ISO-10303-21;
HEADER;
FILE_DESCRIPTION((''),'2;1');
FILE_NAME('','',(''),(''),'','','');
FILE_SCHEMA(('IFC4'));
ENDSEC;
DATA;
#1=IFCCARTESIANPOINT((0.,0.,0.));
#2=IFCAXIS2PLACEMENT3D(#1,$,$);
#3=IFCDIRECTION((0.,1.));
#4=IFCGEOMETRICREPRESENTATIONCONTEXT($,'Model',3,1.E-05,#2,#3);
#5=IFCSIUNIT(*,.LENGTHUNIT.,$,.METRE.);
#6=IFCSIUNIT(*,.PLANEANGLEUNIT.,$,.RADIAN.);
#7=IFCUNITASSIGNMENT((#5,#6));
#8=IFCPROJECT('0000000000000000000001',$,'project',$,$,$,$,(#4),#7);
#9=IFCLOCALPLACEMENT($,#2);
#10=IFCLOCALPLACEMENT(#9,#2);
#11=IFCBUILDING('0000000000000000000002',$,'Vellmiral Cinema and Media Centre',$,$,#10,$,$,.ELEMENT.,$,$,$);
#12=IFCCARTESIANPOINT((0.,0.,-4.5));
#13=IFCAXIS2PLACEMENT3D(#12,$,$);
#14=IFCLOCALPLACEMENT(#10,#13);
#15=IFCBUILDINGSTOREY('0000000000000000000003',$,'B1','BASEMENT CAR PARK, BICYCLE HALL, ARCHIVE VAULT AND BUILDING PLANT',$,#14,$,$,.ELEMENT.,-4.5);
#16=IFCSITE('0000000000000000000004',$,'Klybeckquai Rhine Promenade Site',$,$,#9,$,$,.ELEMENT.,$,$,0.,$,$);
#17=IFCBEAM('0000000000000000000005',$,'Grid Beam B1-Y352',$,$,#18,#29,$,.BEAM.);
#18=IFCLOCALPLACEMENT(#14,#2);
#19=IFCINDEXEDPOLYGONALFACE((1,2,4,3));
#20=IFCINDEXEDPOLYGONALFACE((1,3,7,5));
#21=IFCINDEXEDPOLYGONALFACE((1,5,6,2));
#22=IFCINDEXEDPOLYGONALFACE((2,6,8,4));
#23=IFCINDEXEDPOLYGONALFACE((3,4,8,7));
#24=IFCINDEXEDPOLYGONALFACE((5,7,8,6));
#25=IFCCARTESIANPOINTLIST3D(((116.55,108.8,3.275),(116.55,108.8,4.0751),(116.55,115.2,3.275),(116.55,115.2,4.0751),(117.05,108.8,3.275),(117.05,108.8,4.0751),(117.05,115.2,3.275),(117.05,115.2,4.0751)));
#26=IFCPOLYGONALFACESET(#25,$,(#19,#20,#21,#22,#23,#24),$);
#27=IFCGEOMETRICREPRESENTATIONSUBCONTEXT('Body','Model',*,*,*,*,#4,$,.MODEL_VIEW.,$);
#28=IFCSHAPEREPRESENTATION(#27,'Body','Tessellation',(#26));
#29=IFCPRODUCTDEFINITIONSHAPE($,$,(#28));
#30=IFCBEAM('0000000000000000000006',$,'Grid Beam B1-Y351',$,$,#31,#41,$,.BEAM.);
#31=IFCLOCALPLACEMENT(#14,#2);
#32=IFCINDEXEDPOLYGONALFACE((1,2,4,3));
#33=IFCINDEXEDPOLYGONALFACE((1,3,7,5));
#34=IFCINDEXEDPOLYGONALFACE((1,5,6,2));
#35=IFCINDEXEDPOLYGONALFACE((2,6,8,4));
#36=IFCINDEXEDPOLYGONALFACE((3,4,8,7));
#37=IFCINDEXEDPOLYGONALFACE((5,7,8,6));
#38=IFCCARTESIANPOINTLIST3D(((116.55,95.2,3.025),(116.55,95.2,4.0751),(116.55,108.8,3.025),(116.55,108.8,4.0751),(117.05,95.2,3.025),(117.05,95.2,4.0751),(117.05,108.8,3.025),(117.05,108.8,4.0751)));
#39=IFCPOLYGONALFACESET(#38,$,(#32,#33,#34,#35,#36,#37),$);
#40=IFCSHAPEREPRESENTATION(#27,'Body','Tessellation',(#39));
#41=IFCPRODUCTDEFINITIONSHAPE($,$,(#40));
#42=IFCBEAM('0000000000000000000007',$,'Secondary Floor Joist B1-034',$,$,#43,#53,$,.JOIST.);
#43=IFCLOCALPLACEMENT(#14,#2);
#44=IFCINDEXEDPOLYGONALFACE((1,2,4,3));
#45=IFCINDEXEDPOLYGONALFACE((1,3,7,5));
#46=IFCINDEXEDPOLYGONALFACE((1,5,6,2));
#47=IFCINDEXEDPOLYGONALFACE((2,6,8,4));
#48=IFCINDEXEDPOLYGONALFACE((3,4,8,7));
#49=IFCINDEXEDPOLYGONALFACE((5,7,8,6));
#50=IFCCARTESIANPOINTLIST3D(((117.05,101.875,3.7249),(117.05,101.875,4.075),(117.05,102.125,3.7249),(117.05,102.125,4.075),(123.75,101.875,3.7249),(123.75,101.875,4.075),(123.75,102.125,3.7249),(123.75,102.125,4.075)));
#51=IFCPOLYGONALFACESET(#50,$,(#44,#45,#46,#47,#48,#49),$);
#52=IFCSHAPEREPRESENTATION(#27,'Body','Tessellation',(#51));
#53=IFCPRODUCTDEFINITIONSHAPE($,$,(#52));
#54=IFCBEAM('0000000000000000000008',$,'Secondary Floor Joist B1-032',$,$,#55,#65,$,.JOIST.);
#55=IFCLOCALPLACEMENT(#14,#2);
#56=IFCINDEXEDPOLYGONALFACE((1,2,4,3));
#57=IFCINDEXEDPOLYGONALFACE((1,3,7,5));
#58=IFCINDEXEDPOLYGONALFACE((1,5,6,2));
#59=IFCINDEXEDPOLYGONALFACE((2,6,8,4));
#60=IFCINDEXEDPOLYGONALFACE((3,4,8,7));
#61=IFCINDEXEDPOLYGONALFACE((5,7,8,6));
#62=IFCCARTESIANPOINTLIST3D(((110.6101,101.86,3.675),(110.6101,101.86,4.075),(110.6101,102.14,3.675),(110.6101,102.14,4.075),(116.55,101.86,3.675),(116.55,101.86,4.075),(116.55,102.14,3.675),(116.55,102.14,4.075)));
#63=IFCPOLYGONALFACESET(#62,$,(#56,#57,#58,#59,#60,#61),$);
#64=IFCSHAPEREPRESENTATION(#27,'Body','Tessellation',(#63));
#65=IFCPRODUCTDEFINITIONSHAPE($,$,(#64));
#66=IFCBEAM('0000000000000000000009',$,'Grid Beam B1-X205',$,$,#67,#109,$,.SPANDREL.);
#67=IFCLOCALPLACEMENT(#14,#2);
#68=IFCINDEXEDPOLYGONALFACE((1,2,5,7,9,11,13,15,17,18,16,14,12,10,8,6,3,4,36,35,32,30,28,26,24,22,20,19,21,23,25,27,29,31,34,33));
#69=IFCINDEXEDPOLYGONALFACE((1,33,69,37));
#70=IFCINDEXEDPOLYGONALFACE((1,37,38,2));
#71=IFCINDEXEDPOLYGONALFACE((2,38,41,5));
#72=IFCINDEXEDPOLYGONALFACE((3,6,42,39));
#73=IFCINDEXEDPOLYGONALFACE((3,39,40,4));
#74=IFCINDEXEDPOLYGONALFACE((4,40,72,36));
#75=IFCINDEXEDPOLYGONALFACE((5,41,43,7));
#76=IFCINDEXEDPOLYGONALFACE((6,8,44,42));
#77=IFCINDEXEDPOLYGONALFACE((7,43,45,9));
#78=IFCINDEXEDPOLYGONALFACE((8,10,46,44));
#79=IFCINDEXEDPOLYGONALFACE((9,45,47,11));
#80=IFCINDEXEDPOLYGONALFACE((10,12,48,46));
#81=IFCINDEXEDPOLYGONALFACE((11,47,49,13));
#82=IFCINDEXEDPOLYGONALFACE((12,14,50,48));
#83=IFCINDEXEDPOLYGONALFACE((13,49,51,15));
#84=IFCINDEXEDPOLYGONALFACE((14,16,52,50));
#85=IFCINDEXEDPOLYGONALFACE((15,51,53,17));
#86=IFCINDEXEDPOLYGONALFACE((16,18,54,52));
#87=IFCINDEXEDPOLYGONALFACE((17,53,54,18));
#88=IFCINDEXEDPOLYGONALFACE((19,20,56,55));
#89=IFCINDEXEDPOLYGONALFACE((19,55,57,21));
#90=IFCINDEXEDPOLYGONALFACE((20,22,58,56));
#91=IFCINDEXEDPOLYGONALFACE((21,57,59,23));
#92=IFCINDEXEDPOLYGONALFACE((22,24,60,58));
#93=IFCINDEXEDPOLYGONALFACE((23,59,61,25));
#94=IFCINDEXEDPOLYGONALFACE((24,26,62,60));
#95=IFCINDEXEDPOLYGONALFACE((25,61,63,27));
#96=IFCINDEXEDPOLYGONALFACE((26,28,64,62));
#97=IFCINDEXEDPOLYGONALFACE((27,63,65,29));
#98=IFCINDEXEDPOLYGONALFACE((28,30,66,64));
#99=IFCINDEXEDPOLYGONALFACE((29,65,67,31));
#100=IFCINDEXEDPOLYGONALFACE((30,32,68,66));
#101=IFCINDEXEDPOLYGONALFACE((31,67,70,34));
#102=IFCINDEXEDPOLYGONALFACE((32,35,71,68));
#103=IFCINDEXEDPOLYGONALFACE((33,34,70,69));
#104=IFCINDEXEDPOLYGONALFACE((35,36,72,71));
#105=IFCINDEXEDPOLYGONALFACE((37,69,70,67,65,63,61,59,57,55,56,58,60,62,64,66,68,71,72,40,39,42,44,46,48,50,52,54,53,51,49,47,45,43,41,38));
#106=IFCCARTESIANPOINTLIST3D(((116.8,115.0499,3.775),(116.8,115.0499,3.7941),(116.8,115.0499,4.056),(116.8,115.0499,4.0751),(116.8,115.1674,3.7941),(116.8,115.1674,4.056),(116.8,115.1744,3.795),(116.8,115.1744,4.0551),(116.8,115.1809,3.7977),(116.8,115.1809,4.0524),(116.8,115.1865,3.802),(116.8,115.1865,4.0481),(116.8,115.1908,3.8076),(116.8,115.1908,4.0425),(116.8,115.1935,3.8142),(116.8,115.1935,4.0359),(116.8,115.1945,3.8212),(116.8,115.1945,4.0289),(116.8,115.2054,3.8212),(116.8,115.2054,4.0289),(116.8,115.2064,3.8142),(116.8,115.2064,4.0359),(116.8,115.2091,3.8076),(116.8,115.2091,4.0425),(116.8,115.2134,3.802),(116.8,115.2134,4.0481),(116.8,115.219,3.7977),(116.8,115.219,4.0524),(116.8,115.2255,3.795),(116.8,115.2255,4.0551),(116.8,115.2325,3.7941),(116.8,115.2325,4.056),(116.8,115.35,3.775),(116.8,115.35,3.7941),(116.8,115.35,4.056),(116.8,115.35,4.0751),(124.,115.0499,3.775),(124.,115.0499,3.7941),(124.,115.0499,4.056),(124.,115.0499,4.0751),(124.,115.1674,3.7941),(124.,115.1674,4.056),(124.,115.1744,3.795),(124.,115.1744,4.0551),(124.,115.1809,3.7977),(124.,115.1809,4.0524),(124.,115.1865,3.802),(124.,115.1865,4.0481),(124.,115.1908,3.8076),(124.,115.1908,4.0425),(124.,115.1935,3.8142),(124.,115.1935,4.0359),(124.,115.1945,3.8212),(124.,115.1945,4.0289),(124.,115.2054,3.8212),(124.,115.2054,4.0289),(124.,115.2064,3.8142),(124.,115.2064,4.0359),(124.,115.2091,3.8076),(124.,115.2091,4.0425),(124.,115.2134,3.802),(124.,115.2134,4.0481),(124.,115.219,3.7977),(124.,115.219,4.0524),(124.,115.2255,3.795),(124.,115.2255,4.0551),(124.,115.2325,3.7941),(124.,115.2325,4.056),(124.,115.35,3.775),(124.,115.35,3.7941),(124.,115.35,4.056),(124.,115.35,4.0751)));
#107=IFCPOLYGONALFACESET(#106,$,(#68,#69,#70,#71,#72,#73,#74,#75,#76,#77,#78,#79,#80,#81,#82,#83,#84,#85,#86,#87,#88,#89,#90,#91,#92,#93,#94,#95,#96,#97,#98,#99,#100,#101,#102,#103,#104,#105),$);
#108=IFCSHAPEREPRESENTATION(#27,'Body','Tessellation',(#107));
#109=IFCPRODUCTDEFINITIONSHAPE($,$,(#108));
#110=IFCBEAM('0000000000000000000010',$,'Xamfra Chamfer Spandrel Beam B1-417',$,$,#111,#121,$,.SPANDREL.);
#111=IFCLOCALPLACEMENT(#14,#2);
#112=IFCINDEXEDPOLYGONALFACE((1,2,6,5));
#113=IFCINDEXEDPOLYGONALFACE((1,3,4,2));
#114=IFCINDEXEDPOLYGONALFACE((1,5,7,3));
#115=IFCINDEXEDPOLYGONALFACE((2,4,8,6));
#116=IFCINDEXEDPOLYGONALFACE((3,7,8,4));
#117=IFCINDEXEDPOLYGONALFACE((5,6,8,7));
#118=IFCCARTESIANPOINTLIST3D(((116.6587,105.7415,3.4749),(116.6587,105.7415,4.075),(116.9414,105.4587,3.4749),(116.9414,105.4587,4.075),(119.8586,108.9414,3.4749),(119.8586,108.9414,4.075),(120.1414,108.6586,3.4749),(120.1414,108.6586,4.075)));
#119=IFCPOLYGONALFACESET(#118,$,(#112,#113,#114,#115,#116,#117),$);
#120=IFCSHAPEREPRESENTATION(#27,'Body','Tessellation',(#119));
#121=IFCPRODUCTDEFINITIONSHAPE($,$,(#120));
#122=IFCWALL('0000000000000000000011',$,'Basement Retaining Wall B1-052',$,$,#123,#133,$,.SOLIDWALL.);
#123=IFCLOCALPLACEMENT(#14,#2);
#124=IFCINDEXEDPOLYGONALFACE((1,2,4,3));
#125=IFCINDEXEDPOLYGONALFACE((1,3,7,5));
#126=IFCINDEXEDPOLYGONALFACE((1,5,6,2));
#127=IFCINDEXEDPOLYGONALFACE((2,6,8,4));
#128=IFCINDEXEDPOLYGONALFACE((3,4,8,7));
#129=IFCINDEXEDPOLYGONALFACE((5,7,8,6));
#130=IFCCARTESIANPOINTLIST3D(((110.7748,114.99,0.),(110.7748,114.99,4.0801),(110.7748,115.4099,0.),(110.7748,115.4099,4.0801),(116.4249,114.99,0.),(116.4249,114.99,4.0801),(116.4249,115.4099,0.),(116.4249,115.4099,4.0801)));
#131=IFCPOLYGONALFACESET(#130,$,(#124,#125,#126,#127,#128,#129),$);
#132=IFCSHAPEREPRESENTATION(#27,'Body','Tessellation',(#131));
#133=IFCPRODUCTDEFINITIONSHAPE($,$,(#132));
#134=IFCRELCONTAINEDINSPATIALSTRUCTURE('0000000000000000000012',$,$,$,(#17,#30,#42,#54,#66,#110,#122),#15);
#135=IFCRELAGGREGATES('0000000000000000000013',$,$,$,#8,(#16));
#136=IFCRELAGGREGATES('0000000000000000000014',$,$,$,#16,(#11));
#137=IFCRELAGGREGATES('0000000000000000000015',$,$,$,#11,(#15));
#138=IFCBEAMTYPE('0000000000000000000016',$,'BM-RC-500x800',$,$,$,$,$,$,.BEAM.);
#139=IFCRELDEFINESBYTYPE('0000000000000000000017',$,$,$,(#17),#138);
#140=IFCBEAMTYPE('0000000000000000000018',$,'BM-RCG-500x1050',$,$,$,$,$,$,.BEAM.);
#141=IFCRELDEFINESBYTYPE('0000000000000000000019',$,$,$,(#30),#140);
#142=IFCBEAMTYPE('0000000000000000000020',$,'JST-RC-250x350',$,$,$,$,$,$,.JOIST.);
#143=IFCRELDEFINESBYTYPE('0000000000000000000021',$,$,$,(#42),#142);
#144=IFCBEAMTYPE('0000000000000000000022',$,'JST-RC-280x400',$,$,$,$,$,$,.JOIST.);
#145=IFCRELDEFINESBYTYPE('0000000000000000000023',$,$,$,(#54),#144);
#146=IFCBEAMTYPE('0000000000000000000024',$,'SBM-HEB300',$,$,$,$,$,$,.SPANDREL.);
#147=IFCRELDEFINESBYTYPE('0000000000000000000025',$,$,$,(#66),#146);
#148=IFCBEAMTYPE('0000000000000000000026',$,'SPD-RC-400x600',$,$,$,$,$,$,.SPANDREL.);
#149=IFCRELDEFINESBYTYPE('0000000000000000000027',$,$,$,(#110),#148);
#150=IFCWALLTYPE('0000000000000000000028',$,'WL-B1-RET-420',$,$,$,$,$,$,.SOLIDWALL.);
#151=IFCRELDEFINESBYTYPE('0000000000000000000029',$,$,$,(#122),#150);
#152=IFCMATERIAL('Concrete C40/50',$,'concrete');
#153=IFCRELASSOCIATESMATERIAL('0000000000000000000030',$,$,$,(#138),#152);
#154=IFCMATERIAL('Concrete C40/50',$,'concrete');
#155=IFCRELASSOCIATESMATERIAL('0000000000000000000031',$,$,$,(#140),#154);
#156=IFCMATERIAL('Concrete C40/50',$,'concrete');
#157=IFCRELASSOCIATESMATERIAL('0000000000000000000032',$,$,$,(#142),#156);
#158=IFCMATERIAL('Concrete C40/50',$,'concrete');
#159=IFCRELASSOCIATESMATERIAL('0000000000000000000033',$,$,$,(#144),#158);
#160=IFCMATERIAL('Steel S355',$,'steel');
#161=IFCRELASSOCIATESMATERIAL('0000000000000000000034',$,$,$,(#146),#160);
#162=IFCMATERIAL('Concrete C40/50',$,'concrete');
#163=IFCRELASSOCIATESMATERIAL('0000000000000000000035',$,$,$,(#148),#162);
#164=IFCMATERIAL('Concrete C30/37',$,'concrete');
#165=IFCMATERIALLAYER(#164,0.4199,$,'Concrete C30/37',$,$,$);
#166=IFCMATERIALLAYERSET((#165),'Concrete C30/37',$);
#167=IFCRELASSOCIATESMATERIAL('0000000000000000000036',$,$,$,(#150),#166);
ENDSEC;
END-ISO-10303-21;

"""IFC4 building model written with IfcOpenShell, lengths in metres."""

from ifc_helpers import new_model, si_unit, direction, frame, frame_2d, origin, origin_2d, place, context, subcontext, project, spatial, rectangle, i_section, extrude, material, layer, layer_set, material_profile, profile_set, type_object, element, save


model = new_model("IFC4")

# Units and contexts
model_context = context("Model", 3, precision=1e-05, world=origin(), true_north=direction((0.0, 1.0)))
body_context = subcontext(model_context, "Body", "Model", "MODEL_VIEW")
ifc_project = project(units=[si_unit("LENGTHUNIT", "METRE"), si_unit("PLANEANGLEUNIT", "RADIAN")], contexts=[model_context])

# Site, building, storey
site_placement = place(None, origin())
site = spatial("IfcSite", under=ifc_project, at=site_placement, Name="Klybeckquai Rhine Promenade Site", CompositionType="ELEMENT", RefElevation=0.0)
building_placement = place(site_placement, origin())
building = spatial("IfcBuilding", under=site, at=building_placement, Name="Vellmiral Cinema and Media Centre", CompositionType="ELEMENT")
storey_placement = place(building_placement, frame((0.0, 0.0, -4.5)))
storey = spatial("IfcBuildingStorey", under=building, at=storey_placement, Name="B1", Description="BASEMENT CAR PARK, BICYCLE HALL, ARCHIVE VAULT AND BUILDING PLANT", CompositionType="ELEMENT", Elevation=-4.5)

# Beams
ifc_material_1 = material(Name="Concrete C40/50", Category="concrete")
ifc_material_profile_1 = material_profile(ifc_material_1, rectangle(XDim=0.5, YDim=0.8, at=origin_2d()), Name="RC 500x800")
ifc_profile_set_1 = profile_set([ifc_material_profile_1], Name="Concrete C40/50")
beam_type_1 = type_object("IfcBeamType", Name="BM-RC-500x800", PredefinedType="BEAM", material=ifc_profile_set_1)
beam_1_placement = place(storey_placement, frame((116.8, 108.8, 3.675), z_axis=(0.0, 1.0, 0.0), x_axis=(-1.0, 0.0, 0.0)))
element("IfcBeam", 1, at=beam_1_placement, inside=storey, type_object=beam_type_1, Name="Grid Beam B1-Y352", PredefinedType="BEAM", context=body_context, shape_type="SweptSolid", body=[
    extrude(rectangle(XDim=0.5, YDim=0.8, at=origin_2d()), origin(), (0.0, 0.0, 1.0), 6.3999),
])
ifc_material_2 = material(Name="Concrete C40/50", Category="concrete")
ifc_material_profile_2 = material_profile(ifc_material_2, rectangle(XDim=0.5, YDim=1.05, at=origin_2d()), Name="RC 500x1050")
ifc_profile_set_2 = profile_set([ifc_material_profile_2], Name="Concrete C40/50")
beam_type_2 = type_object("IfcBeamType", Name="BM-RCG-500x1050", PredefinedType="BEAM", material=ifc_profile_set_2)
beam_2_placement = place(storey_placement, frame((116.8, 95.2, 3.55), z_axis=(0.0, 1.0, 0.0), x_axis=(-1.0, 0.0, 0.0)))
element("IfcBeam", 2, at=beam_2_placement, inside=storey, type_object=beam_type_2, Name="Grid Beam B1-Y351", PredefinedType="BEAM", context=body_context, shape_type="SweptSolid", body=[
    extrude(rectangle(XDim=0.5, YDim=1.05, at=origin_2d()), origin(), (0.0, 0.0, 1.0), 13.6001),
])
ifc_material_3 = material(Name="Concrete C40/50", Category="concrete")
ifc_material_profile_3 = material_profile(ifc_material_3, rectangle(XDim=0.25, YDim=0.3501, at=origin_2d()), Name="RC 250x350")
ifc_profile_set_3 = profile_set([ifc_material_profile_3], Name="Concrete C40/50")
beam_type_3 = type_object("IfcBeamType", Name="JST-RC-250x350", PredefinedType="JOIST", material=ifc_profile_set_3)
beam_3_placement = place(storey_placement, frame((117.05, 102.0, 3.8999), z_axis=(1.0, 0.0, 0.0), x_axis=(0.0, 1.0, 0.0)))
element("IfcBeam", 3, at=beam_3_placement, inside=storey, type_object=beam_type_3, Name="Secondary Floor Joist B1-034", PredefinedType="JOIST", context=body_context, shape_type="SweptSolid", body=[
    extrude(rectangle(XDim=0.25, YDim=0.3501, at=origin_2d()), origin(), (0.0, 0.0, 1.0), 6.7),
])
ifc_material_4 = material(Name="Concrete C40/50", Category="concrete")
ifc_material_profile_4 = material_profile(ifc_material_4, rectangle(XDim=0.28, YDim=0.3999, at=origin_2d()), Name="RC 280x400")
ifc_profile_set_4 = profile_set([ifc_material_profile_4], Name="Concrete C40/50")
beam_type_4 = type_object("IfcBeamType", Name="JST-RC-280x400", PredefinedType="JOIST", material=ifc_profile_set_4)
beam_4_placement = place(storey_placement, frame((110.6101, 102.0, 3.875), z_axis=(1.0, 0.0, 0.0), x_axis=(0.0, 1.0, 0.0)))
element("IfcBeam", 4, at=beam_4_placement, inside=storey, type_object=beam_type_4, Name="Secondary Floor Joist B1-032", PredefinedType="JOIST", context=body_context, shape_type="SweptSolid", body=[
    extrude(rectangle(XDim=0.28, YDim=0.3999, at=origin_2d()), origin(), (0.0, 0.0, 1.0), 5.9399),
])
ifc_material_5 = material(Name="Steel S355", Category="steel")
ifc_material_profile_5 = material_profile(ifc_material_5, i_section(OverallWidth=0.3, OverallDepth=0.3, WebThickness=0.011, FlangeThickness=0.019, FilletRadius=0.0271, at=origin_2d()), Name="HEB 300")
ifc_profile_set_5 = profile_set([ifc_material_profile_5], Name="Steel S355")
beam_type_5 = type_object("IfcBeamType", Name="SBM-HEB300", PredefinedType="SPANDREL", material=ifc_profile_set_5)
beam_5_placement = place(storey_placement, frame((116.8, 115.2, 3.925), z_axis=(1.0, 0.0, 0.0), x_axis=(0.0, 1.0, 0.0)))
element("IfcBeam", 5, at=beam_5_placement, inside=storey, type_object=beam_type_5, Name="Grid Beam B1-X205", PredefinedType="SPANDREL", context=body_context, shape_type="SweptSolid", body=[
    extrude(i_section(OverallWidth=0.3, OverallDepth=0.3, WebThickness=0.011, FlangeThickness=0.019, FilletRadius=0.0271, at=origin_2d()), origin(), (0.0, 0.0, 1.0), 7.2),
])
ifc_material_6 = material(Name="Concrete C40/50", Category="concrete")
ifc_material_profile_6 = material_profile(ifc_material_6, rectangle(XDim=0.3999, YDim=0.6001, at=origin_2d()), Name="RC 400x600")
ifc_profile_set_6 = profile_set([ifc_material_profile_6], Name="Concrete C40/50")
beam_type_6 = type_object("IfcBeamType", Name="SPD-RC-400x600", PredefinedType="SPANDREL", material=ifc_profile_set_6)
beam_6_placement = place(storey_placement, frame((116.8, 105.6001, 3.7749), z_axis=(0.707107, 0.707107, 0.0), x_axis=(-0.707107, 0.707107, 0.0)))
element("IfcBeam", 6, at=beam_6_placement, inside=storey, type_object=beam_type_6, Name="Xamfra Chamfer Spandrel Beam B1-417", PredefinedType="SPANDREL", context=body_context, shape_type="SweptSolid", body=[
    extrude(rectangle(XDim=0.3999, YDim=0.6001, at=origin_2d()), origin(), (0.0, 0.0, 1.0), 4.5254),
])

# Wall
ifc_material_7 = material(Name="Concrete C30/37", Category="concrete")
ifc_layer = layer(ifc_material_7, 0.4199, Name="Concrete C30/37")
ifc_layer_set = layer_set([ifc_layer], Name="Concrete C30/37")
wall_type = type_object("IfcWallType", Name="WL-B1-RET-420", PredefinedType="SOLIDWALL", material=ifc_layer_set)
wall_placement = place(storey_placement, frame((116.425, 115.2, 0.0), z_axis=(0.0, 0.0, 1.0), x_axis=(-1.0, 0.0, 0.0)))
element("IfcWall", 7, at=wall_placement, inside=storey, type_object=wall_type, Name="Basement Retaining Wall B1-052", PredefinedType="SOLIDWALL", context=body_context, shape_type="SweptSolid", body=[
    extrude(rectangle(XDim=5.6501, YDim=0.4199, at=frame_2d((2.8252, 0.0))), origin(), (0.0, 0.0, 1.0), 4.0801),
])

save(model, "model.ifc")
